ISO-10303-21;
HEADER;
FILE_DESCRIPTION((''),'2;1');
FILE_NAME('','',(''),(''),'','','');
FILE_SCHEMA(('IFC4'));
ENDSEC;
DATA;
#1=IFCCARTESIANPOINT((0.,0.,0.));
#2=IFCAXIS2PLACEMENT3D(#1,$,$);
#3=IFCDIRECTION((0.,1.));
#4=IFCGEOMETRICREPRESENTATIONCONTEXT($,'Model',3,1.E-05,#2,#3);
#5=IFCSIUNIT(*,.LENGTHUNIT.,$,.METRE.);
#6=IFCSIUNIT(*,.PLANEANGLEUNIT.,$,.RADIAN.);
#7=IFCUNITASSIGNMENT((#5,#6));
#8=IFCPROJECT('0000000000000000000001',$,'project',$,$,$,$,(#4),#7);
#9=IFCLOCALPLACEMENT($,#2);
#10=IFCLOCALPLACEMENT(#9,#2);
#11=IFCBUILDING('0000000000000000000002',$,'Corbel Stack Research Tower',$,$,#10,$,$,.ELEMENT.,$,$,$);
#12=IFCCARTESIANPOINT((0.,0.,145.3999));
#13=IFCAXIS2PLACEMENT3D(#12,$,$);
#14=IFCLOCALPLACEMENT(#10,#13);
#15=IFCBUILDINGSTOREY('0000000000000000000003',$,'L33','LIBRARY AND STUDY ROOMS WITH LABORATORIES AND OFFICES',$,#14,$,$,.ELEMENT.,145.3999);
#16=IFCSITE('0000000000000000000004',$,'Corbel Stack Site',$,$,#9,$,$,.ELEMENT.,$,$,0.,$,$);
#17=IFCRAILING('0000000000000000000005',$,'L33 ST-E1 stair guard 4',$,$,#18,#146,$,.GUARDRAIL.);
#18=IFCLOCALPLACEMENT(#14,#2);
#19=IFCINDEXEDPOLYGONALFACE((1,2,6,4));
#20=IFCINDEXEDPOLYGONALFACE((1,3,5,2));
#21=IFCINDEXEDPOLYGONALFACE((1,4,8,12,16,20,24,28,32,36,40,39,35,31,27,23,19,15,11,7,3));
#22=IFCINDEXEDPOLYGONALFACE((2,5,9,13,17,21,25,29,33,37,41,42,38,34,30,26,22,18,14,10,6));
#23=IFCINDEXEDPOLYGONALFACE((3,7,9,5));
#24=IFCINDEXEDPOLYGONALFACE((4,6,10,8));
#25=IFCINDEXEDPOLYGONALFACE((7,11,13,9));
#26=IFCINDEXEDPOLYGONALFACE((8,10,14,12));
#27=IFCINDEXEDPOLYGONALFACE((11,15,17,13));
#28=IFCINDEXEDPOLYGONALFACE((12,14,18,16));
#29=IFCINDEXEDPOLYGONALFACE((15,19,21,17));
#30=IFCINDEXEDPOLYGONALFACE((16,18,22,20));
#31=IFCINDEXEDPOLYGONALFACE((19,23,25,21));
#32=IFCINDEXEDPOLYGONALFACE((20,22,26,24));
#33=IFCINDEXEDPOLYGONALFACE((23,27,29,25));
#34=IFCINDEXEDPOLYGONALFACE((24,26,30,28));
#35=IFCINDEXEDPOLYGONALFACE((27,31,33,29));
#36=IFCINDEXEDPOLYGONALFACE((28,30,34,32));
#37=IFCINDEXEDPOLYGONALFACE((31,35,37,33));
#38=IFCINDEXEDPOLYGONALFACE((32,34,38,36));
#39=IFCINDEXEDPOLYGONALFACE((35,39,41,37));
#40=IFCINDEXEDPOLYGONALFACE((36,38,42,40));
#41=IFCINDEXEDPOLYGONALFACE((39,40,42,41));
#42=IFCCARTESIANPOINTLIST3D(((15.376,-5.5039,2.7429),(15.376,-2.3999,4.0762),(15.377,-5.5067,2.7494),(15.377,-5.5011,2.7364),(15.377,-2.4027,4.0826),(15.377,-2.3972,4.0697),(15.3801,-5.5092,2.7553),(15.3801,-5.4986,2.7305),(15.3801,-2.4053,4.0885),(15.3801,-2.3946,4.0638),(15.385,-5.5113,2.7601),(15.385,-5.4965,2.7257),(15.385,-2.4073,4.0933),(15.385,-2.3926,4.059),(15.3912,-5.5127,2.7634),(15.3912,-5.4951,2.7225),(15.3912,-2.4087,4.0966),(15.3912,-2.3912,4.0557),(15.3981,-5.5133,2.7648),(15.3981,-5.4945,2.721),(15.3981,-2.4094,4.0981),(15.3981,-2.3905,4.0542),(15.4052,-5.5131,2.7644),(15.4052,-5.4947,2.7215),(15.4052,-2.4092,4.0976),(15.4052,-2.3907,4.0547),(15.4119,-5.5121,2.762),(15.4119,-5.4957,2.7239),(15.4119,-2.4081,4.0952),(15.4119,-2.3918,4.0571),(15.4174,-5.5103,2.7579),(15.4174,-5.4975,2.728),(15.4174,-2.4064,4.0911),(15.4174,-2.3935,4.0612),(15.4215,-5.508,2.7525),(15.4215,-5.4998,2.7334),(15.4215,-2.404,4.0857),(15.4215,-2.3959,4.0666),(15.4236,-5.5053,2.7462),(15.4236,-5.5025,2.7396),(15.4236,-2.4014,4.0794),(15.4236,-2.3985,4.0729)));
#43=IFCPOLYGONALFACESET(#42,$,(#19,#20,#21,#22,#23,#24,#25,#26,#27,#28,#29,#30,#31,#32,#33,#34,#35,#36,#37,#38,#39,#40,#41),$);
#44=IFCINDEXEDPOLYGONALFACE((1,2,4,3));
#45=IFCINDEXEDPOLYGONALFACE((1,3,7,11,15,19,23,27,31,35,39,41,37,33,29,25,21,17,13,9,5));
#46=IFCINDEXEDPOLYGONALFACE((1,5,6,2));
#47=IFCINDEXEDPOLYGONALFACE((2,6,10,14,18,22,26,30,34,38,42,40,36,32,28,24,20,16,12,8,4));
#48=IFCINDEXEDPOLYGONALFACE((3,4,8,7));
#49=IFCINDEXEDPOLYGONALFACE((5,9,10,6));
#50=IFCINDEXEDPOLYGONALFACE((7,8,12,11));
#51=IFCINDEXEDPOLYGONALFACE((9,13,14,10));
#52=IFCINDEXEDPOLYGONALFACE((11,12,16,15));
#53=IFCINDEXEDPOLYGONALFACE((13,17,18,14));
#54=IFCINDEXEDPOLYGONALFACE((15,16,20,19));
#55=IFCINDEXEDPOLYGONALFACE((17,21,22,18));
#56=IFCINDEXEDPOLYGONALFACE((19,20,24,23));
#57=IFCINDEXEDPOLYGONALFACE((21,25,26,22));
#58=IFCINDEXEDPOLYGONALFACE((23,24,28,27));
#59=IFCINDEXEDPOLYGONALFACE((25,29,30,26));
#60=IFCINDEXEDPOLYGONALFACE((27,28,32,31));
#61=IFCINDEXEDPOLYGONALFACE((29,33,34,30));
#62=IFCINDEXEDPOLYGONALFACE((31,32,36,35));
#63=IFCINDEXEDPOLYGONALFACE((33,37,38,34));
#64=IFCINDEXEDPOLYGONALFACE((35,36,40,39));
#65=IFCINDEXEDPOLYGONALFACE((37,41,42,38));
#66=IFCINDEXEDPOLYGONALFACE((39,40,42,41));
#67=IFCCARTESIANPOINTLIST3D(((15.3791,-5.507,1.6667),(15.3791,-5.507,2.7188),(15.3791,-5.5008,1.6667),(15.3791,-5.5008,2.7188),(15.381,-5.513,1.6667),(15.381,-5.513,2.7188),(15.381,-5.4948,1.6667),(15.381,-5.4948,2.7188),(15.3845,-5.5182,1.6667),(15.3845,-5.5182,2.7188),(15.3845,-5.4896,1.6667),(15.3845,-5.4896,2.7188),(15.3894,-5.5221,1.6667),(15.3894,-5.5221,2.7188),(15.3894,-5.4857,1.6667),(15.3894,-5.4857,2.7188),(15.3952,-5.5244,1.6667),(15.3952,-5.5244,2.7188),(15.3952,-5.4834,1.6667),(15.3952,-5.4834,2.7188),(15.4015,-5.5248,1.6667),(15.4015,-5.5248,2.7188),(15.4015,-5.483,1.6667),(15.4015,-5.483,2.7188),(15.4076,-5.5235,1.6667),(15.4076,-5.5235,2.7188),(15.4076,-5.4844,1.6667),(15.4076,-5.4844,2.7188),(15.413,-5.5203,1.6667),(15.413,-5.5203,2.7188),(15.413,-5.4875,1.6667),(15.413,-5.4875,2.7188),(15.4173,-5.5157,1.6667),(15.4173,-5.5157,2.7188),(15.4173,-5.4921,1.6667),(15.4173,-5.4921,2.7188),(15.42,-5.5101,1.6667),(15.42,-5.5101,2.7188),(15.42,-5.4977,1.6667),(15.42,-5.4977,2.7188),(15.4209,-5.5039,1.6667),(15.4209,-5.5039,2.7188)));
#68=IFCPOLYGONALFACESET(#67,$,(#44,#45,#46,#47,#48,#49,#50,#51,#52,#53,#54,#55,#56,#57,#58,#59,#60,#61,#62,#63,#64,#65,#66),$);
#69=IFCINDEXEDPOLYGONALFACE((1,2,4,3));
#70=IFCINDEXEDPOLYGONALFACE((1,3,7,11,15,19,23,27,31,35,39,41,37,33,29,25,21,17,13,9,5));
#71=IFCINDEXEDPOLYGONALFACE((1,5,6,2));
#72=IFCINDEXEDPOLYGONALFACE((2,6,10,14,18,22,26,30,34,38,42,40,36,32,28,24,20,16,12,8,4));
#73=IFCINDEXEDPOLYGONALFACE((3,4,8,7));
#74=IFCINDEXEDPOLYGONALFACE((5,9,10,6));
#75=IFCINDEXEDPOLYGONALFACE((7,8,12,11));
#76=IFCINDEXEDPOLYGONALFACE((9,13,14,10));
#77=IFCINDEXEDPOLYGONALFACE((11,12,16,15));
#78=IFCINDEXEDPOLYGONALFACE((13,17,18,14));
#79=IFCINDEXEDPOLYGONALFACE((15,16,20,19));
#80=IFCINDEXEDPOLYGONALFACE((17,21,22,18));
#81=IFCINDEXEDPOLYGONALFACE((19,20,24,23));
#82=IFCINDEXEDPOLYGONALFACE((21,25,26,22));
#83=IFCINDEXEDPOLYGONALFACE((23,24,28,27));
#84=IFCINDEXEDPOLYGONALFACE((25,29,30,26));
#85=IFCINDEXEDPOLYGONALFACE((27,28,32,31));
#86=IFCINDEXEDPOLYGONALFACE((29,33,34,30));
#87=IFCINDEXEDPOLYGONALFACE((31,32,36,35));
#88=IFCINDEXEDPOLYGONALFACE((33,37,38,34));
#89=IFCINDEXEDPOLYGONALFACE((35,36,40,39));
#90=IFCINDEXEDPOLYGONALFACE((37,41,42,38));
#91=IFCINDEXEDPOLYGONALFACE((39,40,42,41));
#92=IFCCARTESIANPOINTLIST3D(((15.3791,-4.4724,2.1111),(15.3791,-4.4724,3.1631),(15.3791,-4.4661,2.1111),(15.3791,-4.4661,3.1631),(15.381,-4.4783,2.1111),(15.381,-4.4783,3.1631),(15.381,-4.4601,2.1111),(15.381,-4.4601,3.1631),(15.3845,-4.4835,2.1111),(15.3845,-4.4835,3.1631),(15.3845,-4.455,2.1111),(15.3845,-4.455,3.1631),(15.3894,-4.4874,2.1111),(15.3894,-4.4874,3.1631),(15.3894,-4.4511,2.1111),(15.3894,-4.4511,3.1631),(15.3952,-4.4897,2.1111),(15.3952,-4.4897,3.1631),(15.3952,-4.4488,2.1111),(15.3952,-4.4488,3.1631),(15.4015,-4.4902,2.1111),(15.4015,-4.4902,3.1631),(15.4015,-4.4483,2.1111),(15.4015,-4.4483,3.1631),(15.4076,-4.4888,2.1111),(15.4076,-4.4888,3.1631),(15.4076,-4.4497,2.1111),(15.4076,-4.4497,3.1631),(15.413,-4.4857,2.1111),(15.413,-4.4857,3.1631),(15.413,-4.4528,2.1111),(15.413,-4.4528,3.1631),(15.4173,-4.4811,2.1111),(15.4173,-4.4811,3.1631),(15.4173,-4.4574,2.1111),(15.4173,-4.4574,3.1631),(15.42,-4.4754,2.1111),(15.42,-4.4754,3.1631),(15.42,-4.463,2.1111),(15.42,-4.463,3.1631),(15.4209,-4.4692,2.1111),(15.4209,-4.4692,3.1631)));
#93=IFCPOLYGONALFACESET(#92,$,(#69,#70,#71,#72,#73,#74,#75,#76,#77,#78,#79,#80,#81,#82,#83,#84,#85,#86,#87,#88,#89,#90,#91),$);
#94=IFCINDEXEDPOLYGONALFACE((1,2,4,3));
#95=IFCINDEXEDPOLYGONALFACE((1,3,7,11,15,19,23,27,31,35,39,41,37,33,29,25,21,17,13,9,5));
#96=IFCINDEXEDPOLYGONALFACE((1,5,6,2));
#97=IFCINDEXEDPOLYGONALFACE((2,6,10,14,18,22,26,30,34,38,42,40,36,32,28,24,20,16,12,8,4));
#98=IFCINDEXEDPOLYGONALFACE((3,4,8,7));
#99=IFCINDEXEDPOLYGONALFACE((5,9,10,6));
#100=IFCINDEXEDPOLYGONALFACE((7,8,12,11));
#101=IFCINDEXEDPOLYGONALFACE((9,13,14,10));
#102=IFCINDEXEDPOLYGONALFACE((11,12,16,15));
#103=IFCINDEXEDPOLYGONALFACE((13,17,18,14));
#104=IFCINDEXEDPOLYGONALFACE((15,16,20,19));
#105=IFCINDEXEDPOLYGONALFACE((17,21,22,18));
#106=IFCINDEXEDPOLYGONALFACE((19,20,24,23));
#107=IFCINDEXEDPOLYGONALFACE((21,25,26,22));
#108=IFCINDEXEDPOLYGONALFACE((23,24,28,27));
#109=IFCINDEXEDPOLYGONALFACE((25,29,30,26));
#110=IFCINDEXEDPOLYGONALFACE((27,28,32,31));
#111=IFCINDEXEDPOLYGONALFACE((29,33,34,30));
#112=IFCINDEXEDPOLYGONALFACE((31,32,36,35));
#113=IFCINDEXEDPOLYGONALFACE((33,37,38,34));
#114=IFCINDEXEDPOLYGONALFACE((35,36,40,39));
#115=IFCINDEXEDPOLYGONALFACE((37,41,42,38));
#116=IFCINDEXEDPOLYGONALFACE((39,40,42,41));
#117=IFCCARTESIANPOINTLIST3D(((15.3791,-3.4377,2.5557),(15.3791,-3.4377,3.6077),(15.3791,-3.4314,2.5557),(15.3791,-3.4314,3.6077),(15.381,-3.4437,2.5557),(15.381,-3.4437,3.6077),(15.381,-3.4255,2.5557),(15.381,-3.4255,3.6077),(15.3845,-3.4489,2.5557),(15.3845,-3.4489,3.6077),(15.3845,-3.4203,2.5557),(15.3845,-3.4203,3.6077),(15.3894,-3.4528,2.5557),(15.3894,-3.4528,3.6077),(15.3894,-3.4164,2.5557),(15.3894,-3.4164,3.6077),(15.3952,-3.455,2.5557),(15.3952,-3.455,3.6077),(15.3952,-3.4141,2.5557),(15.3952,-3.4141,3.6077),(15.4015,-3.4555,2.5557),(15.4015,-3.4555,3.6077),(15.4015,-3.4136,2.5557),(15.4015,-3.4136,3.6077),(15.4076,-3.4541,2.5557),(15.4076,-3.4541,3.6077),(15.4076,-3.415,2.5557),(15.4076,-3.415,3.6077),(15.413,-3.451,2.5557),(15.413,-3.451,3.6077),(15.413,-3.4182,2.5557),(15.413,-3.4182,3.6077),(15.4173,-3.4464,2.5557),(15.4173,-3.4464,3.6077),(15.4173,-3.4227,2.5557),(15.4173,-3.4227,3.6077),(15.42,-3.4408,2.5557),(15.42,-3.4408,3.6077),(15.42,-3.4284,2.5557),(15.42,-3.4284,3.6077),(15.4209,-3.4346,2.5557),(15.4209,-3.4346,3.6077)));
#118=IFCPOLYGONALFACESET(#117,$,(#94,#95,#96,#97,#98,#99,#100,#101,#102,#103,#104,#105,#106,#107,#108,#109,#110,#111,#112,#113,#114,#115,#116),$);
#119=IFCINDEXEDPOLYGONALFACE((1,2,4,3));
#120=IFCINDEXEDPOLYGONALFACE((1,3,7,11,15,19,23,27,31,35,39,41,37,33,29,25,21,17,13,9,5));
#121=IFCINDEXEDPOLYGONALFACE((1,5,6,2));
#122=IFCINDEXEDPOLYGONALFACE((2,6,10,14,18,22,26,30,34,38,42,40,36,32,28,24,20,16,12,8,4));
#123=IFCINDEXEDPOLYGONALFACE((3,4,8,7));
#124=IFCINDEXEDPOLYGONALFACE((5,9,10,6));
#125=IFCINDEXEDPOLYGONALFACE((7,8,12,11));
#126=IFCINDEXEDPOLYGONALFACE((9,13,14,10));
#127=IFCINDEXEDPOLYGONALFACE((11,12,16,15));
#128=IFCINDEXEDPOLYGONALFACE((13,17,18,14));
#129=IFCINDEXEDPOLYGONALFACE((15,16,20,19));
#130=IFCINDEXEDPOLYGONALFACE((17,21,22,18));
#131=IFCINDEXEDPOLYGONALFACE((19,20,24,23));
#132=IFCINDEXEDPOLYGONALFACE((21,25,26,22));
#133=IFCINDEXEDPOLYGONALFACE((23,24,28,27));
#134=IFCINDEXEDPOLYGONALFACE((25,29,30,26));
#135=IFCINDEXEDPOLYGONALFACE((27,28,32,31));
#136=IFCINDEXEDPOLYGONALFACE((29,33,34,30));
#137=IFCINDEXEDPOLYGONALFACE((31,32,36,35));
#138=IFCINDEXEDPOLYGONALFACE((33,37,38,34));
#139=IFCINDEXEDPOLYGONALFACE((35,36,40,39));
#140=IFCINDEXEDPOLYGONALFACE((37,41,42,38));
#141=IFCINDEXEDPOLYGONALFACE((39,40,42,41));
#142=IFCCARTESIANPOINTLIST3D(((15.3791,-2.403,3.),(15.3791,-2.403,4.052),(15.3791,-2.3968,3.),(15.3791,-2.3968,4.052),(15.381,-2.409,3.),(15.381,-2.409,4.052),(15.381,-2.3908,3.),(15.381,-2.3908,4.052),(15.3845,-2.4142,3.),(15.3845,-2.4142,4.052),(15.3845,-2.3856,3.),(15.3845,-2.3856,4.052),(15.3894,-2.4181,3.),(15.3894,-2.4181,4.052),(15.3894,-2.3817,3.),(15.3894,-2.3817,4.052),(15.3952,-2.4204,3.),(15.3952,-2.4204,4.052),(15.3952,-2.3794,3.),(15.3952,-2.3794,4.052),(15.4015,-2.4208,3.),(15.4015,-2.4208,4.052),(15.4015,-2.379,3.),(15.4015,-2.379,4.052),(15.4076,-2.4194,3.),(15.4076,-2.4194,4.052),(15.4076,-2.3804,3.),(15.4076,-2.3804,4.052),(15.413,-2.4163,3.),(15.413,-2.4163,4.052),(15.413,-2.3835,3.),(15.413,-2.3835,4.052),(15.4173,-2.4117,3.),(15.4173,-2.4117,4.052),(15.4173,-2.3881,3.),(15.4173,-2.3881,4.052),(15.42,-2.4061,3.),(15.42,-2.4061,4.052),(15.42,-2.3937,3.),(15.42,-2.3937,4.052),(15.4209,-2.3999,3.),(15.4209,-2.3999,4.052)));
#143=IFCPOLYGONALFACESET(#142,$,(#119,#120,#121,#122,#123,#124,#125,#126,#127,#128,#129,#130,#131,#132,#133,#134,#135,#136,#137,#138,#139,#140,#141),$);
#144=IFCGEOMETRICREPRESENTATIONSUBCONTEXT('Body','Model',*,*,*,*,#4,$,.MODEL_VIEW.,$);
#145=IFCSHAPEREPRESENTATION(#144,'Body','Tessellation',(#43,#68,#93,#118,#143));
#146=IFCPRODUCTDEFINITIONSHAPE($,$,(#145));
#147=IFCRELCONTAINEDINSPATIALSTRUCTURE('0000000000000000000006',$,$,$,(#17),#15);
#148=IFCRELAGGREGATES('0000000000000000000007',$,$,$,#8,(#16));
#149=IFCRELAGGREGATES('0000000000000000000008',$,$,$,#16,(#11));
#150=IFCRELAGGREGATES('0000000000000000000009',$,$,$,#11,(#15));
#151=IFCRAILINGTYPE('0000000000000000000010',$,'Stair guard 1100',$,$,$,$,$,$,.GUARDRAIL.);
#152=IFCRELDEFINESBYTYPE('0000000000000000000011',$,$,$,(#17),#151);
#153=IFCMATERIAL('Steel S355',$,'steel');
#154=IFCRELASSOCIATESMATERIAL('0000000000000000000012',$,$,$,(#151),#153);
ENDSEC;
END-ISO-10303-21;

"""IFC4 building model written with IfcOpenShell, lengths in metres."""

from ifc_helpers import new_model, si_unit, direction, frame, origin, origin_2d, place, context, subcontext, project, spatial, circle, extrude, material, type_object, element, save


model = new_model("IFC4")

# Units and contexts
model_context = context("Model", 3, precision=1e-05, world=origin(), true_north=direction((0.0, 1.0)))
body_context = subcontext(model_context, "Body", "Model", "MODEL_VIEW")
ifc_project = project(units=[si_unit("LENGTHUNIT", "METRE"), si_unit("PLANEANGLEUNIT", "RADIAN")], contexts=[model_context])

# Site, building, storey
site_placement = place(None, origin())
site = spatial("IfcSite", under=ifc_project, at=site_placement, Name="Corbel Stack Site", CompositionType="ELEMENT", RefElevation=0.0)
building_placement = place(site_placement, origin())
building = spatial("IfcBuilding", under=site, at=building_placement, Name="Corbel Stack Research Tower", CompositionType="ELEMENT")
storey_placement = place(building_placement, frame((0.0, 0.0, 145.3999)))
storey = spatial("IfcBuildingStorey", under=building, at=storey_placement, Name="L33", Description="LIBRARY AND STUDY ROOMS WITH LABORATORIES AND OFFICES", CompositionType="ELEMENT", Elevation=145.3999)

# Railing
ifc_material_1 = material(Name="Steel S355", Category="steel")
railing_type_1 = type_object("IfcRailingType", Name="Stair guard 1100", PredefinedType="GUARDRAIL", material=ifc_material_1)
railing_1_placement = place(storey_placement, frame((15.3999, -5.5039, 1.6667)))
element("IfcRailing", 1, at=railing_1_placement, inside=storey, type_object=railing_type_1, Name="L33 ST-E1 stair guard 4", PredefinedType="GUARDRAIL", context=body_context, shape_type="SweptSolid", body=[
    extrude(circle(Radius=0.0239, at=origin_2d()), frame((0.0, 0.0, 1.0762), z_axis=(0.0, 0.918827, 0.394661), x_axis=(-1.0, 0.0, 0.0)), (0.0, 0.0, 1.0), 3.3782),
    extrude(circle(Radius=0.021, at=origin_2d()), origin(), (0.0, 0.0, 1.0), 1.052),
    extrude(circle(Radius=0.021, at=origin_2d()), frame((0.0, 1.0347, 0.4443)), (0.0, 0.0, 1.0), 1.052),
    extrude(circle(Radius=0.021, at=origin_2d()), frame((0.0, 2.0693, 0.8889)), (0.0, 0.0, 1.0), 1.052),
    extrude(circle(Radius=0.021, at=origin_2d()), frame((0.0, 3.104, 1.3333)), (0.0, 0.0, 1.0), 1.052),
])

save(model, "model.ifc")
